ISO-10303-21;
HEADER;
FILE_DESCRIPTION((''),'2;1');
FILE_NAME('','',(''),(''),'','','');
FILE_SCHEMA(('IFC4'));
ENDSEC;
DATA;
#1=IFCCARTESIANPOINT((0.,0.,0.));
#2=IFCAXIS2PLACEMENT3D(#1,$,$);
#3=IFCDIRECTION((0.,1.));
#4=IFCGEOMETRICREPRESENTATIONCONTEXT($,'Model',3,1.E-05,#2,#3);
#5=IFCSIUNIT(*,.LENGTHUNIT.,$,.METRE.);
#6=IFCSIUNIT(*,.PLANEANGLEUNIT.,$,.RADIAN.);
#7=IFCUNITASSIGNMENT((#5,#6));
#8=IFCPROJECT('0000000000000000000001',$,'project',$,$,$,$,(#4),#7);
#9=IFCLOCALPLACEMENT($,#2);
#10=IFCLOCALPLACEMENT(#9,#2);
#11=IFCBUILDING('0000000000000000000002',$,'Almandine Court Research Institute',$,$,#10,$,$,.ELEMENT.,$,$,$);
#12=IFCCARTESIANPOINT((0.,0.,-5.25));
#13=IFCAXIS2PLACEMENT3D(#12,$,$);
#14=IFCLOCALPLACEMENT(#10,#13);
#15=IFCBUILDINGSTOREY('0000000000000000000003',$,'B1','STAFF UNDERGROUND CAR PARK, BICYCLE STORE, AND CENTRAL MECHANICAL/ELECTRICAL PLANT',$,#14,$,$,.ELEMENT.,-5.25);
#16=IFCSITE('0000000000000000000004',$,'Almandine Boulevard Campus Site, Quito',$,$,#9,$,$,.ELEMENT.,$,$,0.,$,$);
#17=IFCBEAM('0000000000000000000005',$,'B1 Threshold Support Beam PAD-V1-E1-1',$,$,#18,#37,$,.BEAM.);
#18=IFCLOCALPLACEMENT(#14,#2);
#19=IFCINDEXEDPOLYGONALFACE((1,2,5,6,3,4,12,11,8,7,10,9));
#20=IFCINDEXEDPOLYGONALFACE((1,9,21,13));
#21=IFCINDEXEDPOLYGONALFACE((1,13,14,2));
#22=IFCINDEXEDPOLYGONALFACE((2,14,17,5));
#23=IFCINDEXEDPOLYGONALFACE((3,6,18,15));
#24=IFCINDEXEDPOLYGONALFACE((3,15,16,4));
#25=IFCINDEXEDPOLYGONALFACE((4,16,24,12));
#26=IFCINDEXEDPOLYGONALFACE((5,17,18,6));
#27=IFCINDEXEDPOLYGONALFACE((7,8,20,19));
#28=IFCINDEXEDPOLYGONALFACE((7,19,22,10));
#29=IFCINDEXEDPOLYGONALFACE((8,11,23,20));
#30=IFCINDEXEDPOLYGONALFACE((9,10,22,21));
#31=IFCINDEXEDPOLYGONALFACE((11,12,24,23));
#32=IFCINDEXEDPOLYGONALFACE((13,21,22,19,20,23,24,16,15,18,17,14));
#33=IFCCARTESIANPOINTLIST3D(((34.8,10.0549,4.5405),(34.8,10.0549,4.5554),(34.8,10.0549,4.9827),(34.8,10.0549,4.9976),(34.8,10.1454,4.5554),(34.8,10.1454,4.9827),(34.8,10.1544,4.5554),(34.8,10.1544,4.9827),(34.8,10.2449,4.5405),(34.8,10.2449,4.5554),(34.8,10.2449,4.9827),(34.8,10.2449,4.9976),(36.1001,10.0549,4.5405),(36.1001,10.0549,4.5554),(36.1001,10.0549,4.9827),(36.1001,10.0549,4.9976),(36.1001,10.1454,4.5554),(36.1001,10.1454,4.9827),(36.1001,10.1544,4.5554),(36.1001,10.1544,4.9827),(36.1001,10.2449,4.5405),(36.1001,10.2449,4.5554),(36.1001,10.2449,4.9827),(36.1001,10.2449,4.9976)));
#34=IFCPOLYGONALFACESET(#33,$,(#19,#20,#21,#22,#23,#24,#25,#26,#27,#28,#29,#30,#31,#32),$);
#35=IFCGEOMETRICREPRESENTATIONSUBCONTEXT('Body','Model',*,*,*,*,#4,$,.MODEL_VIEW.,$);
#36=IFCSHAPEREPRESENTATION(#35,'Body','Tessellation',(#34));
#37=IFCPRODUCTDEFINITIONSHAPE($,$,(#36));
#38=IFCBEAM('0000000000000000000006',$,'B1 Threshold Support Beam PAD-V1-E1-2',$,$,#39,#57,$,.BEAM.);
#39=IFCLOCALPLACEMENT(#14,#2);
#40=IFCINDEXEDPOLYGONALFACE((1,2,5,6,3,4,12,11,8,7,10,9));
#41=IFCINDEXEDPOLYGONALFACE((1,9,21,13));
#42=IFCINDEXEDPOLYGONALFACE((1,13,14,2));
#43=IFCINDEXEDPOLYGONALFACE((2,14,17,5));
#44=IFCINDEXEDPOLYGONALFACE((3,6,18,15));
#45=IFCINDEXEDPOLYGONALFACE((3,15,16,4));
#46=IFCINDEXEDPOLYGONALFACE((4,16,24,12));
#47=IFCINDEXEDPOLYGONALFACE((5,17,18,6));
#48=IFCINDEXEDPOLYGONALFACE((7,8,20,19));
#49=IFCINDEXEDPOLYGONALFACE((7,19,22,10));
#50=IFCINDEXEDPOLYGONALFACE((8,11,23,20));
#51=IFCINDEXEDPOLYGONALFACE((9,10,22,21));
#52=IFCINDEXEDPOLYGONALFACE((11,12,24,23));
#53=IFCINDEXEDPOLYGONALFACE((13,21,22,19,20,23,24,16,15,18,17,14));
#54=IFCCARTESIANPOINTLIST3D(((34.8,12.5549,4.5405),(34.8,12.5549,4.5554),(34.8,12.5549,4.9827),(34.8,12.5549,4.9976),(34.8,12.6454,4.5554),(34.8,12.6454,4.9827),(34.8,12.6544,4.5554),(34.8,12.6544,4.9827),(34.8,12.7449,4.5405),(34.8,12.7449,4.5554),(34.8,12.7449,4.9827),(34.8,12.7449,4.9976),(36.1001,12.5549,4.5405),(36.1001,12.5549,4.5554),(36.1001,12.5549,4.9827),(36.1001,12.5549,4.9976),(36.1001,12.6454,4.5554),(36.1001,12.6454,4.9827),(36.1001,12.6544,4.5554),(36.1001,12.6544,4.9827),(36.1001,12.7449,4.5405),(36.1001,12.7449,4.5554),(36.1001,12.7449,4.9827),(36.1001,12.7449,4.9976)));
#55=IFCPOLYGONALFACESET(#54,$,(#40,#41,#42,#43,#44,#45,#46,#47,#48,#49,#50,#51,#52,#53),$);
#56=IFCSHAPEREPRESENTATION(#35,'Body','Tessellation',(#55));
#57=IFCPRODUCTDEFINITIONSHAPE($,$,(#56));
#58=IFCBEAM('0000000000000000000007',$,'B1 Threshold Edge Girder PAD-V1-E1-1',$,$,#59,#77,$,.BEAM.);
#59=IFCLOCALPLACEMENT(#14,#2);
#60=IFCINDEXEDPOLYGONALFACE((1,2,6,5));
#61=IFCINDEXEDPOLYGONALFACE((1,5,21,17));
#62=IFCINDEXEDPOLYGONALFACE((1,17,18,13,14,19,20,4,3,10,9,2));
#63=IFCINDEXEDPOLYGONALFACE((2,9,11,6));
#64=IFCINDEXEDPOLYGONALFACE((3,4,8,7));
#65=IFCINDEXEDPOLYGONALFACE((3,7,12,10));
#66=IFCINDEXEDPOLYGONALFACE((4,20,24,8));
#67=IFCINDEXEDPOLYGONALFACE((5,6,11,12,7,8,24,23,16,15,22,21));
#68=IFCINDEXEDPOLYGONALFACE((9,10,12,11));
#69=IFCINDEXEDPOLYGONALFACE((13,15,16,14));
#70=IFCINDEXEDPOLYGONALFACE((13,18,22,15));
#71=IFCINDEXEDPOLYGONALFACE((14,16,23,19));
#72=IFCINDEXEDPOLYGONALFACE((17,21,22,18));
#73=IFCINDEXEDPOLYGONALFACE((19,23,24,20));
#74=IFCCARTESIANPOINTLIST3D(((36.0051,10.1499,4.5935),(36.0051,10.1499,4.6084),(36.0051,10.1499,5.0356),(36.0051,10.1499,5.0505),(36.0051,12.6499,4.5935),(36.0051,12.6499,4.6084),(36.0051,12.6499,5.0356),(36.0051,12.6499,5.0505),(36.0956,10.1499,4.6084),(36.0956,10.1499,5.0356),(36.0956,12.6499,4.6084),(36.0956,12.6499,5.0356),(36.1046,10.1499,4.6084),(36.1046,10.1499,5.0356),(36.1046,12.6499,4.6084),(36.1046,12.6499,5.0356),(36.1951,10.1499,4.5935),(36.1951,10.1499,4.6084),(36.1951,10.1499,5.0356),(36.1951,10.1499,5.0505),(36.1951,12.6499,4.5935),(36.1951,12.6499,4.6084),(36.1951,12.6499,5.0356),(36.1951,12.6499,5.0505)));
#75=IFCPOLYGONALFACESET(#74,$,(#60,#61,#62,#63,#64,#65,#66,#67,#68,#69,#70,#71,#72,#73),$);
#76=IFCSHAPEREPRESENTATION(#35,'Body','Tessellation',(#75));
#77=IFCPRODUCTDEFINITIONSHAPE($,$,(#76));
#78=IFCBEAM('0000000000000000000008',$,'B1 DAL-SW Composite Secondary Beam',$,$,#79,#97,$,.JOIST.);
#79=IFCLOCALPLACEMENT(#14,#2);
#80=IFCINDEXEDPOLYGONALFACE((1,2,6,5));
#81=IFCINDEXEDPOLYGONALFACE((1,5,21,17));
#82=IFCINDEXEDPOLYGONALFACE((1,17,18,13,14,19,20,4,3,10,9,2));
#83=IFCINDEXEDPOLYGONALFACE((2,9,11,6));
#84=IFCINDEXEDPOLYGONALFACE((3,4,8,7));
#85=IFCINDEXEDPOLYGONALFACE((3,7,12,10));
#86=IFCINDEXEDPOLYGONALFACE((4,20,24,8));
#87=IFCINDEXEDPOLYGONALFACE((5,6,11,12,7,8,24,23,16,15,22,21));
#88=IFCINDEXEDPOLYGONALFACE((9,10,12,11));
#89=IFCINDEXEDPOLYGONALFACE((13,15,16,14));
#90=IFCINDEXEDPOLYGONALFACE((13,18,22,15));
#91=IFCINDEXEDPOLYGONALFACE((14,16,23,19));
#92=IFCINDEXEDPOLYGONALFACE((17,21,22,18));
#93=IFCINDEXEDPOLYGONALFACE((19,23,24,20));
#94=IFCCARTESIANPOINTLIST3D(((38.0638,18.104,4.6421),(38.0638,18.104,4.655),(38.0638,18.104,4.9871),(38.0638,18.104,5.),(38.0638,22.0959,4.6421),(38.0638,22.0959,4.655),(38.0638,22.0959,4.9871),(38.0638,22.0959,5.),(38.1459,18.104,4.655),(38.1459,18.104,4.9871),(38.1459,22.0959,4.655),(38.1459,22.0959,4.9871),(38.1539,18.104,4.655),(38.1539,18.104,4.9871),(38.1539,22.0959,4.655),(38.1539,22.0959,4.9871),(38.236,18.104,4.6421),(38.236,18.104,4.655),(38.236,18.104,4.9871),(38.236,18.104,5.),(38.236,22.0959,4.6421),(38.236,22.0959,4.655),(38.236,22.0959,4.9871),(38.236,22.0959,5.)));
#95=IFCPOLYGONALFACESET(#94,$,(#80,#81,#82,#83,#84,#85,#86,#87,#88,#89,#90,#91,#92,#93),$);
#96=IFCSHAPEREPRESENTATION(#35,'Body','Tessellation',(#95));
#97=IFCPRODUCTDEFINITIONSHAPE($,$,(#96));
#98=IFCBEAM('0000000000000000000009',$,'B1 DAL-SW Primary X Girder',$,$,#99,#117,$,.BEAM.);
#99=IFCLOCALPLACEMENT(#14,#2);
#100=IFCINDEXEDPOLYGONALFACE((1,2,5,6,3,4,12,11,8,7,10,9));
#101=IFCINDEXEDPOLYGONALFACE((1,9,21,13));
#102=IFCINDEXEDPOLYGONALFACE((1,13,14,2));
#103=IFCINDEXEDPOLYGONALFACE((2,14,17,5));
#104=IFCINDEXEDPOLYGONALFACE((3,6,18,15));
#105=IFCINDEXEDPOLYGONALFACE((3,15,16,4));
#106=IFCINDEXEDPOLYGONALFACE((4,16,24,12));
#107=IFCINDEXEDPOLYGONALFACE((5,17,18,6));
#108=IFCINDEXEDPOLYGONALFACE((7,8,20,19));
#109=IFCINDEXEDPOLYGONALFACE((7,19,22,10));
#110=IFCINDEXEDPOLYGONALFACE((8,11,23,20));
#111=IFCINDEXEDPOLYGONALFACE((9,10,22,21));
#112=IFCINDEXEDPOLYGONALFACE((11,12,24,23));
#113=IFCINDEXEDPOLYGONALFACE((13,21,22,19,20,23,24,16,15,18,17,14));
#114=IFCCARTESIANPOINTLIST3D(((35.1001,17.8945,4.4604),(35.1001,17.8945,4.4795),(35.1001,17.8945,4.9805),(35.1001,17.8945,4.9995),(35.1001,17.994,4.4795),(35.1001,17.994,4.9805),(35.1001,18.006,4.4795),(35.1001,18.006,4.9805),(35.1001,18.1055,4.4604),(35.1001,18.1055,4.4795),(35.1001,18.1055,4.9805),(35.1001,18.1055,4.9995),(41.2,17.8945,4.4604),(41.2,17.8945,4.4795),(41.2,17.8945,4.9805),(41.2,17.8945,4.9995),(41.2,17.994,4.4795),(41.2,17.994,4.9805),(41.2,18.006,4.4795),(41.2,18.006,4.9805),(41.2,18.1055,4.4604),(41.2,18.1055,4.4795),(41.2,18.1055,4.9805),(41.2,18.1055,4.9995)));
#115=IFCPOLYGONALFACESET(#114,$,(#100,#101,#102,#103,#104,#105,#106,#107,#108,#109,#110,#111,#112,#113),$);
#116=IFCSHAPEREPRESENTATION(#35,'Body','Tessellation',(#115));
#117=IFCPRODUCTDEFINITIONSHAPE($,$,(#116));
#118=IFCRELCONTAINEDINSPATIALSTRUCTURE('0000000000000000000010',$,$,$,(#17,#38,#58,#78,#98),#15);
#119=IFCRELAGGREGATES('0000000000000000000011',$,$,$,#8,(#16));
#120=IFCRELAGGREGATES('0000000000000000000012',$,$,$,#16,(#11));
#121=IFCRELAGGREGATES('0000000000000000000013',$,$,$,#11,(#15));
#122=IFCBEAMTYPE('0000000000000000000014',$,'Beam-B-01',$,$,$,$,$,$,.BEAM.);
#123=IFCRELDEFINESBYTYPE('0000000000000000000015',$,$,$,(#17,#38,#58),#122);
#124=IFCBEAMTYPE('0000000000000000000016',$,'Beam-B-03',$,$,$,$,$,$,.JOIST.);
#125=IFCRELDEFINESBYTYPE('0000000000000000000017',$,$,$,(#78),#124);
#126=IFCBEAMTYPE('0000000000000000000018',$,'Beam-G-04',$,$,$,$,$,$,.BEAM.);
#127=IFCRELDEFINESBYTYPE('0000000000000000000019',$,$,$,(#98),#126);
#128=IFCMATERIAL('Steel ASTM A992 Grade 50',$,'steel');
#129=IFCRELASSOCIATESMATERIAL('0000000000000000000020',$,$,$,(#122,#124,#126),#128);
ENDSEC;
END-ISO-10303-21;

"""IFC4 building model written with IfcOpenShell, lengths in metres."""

from ifc_helpers import new_model, si_unit, direction, frame, origin, origin_2d, place, context, subcontext, project, spatial, i_section, extrude, material, material_profile, profile_set, type_object, element, save


model = new_model("IFC4")

# Units and contexts
model_context = context("Model", 3, precision=1e-05, world=origin(), true_north=direction((0.0, 1.0)))
body_context = subcontext(model_context, "Body", "Model", "MODEL_VIEW")
ifc_project = project(units=[si_unit("LENGTHUNIT", "METRE"), si_unit("PLANEANGLEUNIT", "RADIAN")], contexts=[model_context])

# Site, building, storey
site_placement = place(None, origin())
site = spatial("IfcSite", under=ifc_project, at=site_placement, Name="Almandine Boulevard Campus Site, Quito", CompositionType="ELEMENT", RefElevation=0.0)
building_placement = place(site_placement, origin())
building = spatial("IfcBuilding", under=site, at=building_placement, Name="Almandine Court Research Institute", CompositionType="ELEMENT")
storey_placement = place(building_placement, frame((0.0, 0.0, -5.25)))
storey = spatial("IfcBuildingStorey", under=building, at=storey_placement, Name="B1", Description="STAFF UNDERGROUND CAR PARK, BICYCLE STORE, AND CENTRAL MECHANICAL/ELECTRICAL PLANT", CompositionType="ELEMENT", Elevation=-5.25)

# Shared definitions
ifc_material_1 = material(Name="Steel ASTM A992 Grade 50", Category="steel")

# Beams
ifc_material_profile_1 = material_profile(ifc_material_1, i_section(OverallWidth=0.1899, OverallDepth=0.457, WebThickness=0.009, FlangeThickness=0.0149, at=origin_2d()), Name="W460x74")
ifc_profile_set_1 = profile_set([ifc_material_profile_1], Name="Steel ASTM A992 Grade 50")
beam_type_1 = type_object("IfcBeamType", Name="Beam-B-01", PredefinedType="BEAM", material=ifc_profile_set_1)
for number, where, z_axis, x_axis, name in (
    (1, (36.1001, 10.1499, 4.769), (-1.0, 0.0, 0.0), (0.0, -1.0, 0.0), "B1 Threshold Support Beam PAD-V1-E1-1"),
    (2, (36.1001, 12.6499, 4.769), (-1.0, 0.0, 0.0), (0.0, -1.0, 0.0), "B1 Threshold Support Beam PAD-V1-E1-2"),
):
    element("IfcBeam", number, at=place(storey_placement, frame(where, z_axis=z_axis, x_axis=x_axis)), inside=storey, type_object=beam_type_1, Name=name, PredefinedType="BEAM", context=body_context, shape_type="SweptSolid", body=[
        extrude(i_section(OverallWidth=0.1899, OverallDepth=0.457, WebThickness=0.009, FlangeThickness=0.0149, at=origin_2d()), origin(), (0.0, 0.0, 1.0), 1.3),
    ])
beam_1_placement = place(storey_placement, frame((36.1001, 10.1499, 4.822), z_axis=(0.0, 1.0, 0.0), x_axis=(-1.0, 0.0, 0.0)))
element("IfcBeam", 3, at=beam_1_placement, inside=storey, type_object=beam_type_1, Name="B1 Threshold Edge Girder PAD-V1-E1-1", PredefinedType="BEAM", context=body_context, shape_type="SweptSolid", body=[
    extrude(i_section(OverallWidth=0.1899, OverallDepth=0.457, WebThickness=0.009, FlangeThickness=0.0149, at=origin_2d()), origin(), (0.0, 0.0, 1.0), 2.5),
])
ifc_material_profile_2 = material_profile(ifc_material_1, i_section(OverallWidth=0.1721, OverallDepth=0.3579, WebThickness=0.0081, FlangeThickness=0.0129, at=origin_2d()), Name="W360x57")
ifc_profile_set_2 = profile_set([ifc_material_profile_2], Name="Steel ASTM A992 Grade 50")
beam_type_2 = type_object("IfcBeamType", Name="Beam-B-03", PredefinedType="JOIST", material=ifc_profile_set_2)
beam_2_placement = place(storey_placement, frame((38.1499, 18.104, 4.821), z_axis=(0.0, 1.0, 0.0), x_axis=(-1.0, 0.0, 0.0)))
element("IfcBeam", 4, at=beam_2_placement, inside=storey, type_object=beam_type_2, Name="B1 DAL-SW Composite Secondary Beam", PredefinedType="JOIST", context=body_context, shape_type="SweptSolid", body=[
    extrude(i_section(OverallWidth=0.1721, OverallDepth=0.3579, WebThickness=0.0081, FlangeThickness=0.0129, at=origin_2d()), origin(), (0.0, 0.0, 1.0), 3.9919),
])
ifc_material_profile_3 = material_profile(ifc_material_1, i_section(OverallWidth=0.2109, OverallDepth=0.5391, WebThickness=0.012, FlangeThickness=0.019, at=origin_2d()), Name="W530x109")
ifc_profile_set_3 = profile_set([ifc_material_profile_3], Name="Steel ASTM A992 Grade 50")
beam_type_3 = type_object("IfcBeamType", Name="Beam-G-04", PredefinedType="BEAM", material=ifc_profile_set_3)
beam_3_placement = place(storey_placement, frame((35.1001, 18.0, 4.73), z_axis=(1.0, 0.0, 0.0), x_axis=(0.0, 1.0, 0.0)))
element("IfcBeam", 5, at=beam_3_placement, inside=storey, type_object=beam_type_3, Name="B1 DAL-SW Primary X Girder", PredefinedType="BEAM", context=body_context, shape_type="SweptSolid", body=[
    extrude(i_section(OverallWidth=0.2109, OverallDepth=0.5391, WebThickness=0.012, FlangeThickness=0.019, at=origin_2d()), origin(), (0.0, 0.0, 1.0), 6.0999),
])

save(model, "model.ifc")
